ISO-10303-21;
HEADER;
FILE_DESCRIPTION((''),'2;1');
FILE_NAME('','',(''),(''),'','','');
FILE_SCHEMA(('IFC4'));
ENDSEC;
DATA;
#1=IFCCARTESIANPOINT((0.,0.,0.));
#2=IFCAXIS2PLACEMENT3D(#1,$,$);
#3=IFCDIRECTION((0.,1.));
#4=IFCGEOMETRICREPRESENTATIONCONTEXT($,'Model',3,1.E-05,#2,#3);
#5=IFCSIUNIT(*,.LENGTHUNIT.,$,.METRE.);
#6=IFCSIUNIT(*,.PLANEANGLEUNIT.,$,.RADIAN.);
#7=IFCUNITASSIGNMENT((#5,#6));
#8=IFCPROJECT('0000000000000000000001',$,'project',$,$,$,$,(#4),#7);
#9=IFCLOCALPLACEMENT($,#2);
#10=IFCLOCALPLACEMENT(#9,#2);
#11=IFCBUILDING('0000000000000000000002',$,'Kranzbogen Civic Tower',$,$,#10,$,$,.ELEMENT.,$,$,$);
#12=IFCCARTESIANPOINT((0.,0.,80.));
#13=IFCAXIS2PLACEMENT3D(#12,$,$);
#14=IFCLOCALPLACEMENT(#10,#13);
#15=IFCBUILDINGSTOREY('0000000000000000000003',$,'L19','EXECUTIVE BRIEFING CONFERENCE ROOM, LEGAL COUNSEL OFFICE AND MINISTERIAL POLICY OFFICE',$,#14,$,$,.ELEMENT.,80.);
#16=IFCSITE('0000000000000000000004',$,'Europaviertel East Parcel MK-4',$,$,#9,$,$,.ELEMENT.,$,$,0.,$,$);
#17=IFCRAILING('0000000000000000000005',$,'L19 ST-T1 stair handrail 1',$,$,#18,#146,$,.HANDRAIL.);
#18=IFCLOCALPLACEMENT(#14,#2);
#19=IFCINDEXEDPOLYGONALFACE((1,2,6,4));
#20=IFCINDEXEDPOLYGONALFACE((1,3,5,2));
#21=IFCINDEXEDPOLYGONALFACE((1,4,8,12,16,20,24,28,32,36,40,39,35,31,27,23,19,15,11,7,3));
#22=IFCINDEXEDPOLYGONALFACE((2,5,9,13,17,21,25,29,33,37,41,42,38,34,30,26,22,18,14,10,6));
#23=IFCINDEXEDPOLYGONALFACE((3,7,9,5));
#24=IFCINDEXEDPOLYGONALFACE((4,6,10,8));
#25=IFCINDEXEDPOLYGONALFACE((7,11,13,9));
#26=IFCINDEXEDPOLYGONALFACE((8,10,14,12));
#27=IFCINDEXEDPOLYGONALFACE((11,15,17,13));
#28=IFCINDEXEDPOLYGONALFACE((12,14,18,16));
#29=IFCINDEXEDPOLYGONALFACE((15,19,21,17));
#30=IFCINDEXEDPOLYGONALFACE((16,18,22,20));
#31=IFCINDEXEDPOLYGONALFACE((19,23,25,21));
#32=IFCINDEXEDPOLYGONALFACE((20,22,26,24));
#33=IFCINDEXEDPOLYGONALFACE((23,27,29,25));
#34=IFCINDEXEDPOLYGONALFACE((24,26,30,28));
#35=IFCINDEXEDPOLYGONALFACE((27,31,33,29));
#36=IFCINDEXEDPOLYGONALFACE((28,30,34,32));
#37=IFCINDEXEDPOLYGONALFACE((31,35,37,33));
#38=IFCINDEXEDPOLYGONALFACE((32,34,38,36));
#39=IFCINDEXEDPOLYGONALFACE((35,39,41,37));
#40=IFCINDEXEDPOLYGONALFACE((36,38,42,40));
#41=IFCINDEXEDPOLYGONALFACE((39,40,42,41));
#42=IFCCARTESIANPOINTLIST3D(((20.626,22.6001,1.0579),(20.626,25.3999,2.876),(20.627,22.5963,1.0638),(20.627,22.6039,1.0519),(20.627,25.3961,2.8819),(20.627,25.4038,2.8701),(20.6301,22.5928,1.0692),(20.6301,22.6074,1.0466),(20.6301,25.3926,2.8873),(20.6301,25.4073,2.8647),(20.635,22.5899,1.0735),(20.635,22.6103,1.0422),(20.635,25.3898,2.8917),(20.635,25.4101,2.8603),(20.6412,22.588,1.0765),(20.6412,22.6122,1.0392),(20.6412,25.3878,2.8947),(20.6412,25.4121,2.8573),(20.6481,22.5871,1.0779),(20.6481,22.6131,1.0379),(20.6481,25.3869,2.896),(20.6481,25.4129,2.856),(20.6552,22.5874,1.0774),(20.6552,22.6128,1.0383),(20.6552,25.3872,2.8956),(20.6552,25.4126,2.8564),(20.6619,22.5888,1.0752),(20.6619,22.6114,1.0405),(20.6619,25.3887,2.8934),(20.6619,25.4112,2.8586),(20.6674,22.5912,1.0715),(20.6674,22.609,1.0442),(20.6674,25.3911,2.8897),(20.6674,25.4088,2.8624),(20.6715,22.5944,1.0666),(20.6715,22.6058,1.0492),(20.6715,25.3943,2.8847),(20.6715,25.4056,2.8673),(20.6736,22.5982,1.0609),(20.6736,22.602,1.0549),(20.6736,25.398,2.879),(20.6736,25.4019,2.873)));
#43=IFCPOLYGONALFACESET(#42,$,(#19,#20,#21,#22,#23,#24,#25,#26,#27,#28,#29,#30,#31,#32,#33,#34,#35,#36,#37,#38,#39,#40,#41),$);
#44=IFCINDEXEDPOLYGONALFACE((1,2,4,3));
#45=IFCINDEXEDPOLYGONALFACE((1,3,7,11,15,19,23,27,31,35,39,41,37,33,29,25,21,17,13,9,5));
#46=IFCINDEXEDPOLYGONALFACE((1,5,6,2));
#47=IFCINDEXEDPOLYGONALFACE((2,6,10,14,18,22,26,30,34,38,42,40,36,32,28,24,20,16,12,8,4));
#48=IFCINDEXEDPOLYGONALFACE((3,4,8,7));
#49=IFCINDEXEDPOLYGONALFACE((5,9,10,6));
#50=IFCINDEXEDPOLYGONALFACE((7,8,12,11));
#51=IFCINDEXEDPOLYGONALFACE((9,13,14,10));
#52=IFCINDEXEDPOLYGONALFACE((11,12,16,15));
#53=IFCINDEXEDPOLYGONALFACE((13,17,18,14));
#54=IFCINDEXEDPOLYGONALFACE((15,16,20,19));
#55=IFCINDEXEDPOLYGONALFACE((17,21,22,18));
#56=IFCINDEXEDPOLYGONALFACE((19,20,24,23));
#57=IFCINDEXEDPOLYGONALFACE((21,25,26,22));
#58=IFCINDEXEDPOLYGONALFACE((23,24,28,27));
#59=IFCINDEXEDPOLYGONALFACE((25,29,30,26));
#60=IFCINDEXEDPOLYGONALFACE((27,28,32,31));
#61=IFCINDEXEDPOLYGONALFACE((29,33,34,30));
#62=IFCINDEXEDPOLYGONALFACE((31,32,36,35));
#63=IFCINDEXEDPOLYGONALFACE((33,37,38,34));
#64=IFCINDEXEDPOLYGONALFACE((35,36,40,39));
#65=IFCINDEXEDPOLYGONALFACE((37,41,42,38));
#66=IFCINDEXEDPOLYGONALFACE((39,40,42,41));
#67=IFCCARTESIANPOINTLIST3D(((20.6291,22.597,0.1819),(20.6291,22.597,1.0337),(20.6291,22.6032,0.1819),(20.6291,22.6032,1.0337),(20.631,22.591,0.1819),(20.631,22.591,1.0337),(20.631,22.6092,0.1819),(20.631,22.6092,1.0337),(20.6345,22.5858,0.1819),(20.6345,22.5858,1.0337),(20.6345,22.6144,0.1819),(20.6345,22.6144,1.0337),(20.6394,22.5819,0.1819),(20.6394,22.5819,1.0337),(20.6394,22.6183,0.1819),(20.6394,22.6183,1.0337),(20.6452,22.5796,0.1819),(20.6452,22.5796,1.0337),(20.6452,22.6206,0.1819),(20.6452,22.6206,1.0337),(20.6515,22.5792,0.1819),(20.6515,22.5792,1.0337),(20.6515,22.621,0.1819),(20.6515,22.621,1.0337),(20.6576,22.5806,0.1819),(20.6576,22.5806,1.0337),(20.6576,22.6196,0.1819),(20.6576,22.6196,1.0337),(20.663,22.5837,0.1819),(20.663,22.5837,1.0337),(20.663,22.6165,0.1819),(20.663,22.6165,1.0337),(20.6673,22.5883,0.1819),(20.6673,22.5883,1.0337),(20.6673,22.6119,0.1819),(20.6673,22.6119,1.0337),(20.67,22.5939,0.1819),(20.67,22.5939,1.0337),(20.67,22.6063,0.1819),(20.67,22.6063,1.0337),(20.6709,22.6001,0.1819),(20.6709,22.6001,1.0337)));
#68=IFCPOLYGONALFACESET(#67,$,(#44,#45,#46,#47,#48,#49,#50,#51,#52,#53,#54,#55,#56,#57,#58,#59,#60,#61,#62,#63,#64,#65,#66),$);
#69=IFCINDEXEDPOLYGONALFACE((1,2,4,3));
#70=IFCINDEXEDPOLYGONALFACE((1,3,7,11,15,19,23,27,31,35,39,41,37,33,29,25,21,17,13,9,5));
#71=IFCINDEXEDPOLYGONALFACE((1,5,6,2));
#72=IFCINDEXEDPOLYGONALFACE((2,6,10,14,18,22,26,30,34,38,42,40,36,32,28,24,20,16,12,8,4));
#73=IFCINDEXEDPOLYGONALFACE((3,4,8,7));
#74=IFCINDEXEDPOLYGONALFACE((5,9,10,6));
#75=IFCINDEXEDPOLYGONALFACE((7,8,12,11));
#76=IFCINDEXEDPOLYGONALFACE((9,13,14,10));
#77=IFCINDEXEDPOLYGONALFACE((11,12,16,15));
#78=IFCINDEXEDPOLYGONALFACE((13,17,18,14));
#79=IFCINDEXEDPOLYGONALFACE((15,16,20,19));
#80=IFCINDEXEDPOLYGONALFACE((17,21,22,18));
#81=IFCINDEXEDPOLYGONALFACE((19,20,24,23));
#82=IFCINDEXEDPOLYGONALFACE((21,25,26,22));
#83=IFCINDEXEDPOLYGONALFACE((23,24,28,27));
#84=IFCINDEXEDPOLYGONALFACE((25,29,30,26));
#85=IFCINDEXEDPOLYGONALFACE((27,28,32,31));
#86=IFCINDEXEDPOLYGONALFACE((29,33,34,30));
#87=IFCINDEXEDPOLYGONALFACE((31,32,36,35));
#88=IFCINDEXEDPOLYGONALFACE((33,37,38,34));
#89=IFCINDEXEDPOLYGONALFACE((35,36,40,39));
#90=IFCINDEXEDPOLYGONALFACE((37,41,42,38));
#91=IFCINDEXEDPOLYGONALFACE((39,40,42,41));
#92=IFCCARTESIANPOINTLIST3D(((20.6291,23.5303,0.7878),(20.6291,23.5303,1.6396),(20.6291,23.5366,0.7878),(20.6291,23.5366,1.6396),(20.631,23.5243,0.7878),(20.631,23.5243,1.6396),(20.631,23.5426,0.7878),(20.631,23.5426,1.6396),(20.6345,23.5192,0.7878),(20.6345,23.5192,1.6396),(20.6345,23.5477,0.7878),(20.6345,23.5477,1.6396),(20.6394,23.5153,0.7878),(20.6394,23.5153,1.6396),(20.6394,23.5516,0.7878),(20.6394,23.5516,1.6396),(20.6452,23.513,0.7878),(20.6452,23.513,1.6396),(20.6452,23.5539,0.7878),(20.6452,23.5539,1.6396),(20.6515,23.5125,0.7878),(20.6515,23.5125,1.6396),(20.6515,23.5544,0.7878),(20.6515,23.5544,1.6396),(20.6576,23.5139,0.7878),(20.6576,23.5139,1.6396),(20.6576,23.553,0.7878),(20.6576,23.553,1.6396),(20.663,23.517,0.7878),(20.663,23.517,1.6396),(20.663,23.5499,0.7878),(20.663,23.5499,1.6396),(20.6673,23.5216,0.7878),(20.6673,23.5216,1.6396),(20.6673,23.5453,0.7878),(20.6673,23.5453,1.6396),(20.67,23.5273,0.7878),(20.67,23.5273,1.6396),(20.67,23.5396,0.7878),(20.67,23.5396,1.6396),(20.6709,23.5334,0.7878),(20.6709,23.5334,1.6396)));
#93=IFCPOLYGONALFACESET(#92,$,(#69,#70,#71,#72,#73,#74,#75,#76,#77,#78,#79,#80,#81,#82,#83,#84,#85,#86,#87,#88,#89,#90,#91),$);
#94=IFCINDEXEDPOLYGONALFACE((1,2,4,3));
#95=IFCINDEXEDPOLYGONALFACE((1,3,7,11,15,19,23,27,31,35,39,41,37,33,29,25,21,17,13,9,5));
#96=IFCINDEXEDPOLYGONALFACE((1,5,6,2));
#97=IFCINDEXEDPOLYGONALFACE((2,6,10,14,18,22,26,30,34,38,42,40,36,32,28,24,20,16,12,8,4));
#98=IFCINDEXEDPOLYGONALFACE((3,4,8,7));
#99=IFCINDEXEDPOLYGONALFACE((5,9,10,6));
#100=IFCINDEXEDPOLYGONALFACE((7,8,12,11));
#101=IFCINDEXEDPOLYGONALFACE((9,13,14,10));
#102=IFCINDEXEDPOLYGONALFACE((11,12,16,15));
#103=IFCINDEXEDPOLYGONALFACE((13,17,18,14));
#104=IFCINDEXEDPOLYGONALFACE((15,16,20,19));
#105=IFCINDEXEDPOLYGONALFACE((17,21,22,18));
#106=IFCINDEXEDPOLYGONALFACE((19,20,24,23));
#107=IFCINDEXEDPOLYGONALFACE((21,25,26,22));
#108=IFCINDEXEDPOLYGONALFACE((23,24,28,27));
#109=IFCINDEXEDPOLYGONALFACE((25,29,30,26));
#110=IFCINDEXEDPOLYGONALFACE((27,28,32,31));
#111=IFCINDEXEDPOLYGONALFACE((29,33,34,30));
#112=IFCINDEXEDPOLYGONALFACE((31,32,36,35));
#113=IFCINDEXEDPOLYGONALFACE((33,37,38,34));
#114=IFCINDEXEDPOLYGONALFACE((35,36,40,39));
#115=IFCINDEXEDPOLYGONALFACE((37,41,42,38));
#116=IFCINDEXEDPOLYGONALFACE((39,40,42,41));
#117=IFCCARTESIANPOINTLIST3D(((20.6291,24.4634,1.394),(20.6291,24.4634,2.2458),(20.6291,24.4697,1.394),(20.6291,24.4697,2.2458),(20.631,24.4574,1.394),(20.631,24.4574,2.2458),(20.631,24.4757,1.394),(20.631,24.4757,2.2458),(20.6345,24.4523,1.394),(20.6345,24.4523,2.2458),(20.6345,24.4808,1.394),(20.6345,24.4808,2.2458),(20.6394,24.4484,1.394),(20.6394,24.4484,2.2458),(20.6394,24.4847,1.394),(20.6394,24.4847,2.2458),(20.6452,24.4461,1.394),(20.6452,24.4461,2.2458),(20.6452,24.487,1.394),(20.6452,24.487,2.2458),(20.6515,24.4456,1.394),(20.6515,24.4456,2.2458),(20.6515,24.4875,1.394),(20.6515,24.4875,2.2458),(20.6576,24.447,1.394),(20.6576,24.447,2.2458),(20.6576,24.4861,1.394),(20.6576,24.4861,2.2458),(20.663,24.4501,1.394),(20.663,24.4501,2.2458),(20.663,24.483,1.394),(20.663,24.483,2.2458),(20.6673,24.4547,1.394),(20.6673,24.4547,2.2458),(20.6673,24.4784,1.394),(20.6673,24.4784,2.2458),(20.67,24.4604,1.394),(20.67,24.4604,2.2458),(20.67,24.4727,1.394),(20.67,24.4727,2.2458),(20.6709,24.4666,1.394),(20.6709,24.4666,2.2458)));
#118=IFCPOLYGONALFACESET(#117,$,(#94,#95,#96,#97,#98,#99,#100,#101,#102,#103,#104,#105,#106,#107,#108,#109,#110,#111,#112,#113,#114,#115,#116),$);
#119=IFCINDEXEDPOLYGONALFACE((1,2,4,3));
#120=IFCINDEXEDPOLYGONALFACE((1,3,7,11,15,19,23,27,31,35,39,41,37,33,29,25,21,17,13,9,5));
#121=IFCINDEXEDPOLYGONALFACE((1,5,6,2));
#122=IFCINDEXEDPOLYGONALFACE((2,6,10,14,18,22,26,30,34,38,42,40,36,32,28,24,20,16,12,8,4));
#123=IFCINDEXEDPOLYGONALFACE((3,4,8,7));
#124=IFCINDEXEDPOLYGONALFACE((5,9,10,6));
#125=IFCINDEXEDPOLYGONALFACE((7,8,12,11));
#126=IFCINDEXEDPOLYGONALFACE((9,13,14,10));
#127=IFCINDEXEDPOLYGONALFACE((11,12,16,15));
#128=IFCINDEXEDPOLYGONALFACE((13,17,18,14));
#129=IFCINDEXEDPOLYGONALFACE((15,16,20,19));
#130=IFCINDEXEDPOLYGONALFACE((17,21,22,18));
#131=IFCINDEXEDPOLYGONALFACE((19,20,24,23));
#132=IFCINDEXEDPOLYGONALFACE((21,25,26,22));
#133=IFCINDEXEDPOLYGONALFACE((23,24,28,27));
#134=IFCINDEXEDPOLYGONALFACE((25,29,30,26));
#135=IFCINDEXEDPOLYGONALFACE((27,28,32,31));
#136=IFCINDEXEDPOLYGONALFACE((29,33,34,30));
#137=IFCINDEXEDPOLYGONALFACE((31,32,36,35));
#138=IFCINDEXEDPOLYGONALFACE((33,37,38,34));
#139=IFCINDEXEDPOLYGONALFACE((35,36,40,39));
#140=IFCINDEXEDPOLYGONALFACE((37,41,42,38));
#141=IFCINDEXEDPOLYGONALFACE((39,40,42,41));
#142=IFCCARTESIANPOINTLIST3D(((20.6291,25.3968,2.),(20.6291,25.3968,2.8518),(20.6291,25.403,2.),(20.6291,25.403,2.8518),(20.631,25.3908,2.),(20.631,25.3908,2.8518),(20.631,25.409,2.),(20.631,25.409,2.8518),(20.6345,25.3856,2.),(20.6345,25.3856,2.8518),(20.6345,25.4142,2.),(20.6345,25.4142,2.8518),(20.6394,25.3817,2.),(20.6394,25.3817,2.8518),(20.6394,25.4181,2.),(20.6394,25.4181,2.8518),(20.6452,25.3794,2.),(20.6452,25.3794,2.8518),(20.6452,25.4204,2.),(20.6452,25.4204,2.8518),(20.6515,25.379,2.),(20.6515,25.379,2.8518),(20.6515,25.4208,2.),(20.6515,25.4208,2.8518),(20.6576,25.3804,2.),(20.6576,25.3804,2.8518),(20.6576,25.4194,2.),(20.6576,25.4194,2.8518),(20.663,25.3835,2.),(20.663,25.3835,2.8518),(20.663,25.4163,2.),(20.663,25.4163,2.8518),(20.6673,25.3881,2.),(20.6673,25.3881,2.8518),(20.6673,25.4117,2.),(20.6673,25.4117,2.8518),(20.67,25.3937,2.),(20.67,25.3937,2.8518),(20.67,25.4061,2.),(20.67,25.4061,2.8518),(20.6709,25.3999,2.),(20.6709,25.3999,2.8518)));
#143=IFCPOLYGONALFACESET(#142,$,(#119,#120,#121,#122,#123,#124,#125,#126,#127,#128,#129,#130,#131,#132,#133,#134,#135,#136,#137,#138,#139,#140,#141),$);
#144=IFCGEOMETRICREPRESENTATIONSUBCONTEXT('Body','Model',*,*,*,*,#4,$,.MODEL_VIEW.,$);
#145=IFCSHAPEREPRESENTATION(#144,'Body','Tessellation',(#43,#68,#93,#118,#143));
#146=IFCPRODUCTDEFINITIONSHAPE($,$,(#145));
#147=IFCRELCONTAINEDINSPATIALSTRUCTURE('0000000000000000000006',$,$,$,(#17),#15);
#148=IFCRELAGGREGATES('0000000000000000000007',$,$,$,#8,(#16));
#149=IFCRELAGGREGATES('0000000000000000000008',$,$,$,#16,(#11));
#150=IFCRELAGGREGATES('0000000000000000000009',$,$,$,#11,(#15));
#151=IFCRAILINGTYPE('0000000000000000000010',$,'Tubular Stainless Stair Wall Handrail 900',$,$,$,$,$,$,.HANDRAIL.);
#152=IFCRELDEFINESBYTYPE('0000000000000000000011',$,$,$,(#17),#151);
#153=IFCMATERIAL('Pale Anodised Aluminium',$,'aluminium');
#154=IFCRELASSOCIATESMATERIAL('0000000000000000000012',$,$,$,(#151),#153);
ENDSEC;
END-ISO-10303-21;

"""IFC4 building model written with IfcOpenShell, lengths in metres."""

from ifc_helpers import new_model, si_unit, direction, frame, origin, origin_2d, place, context, subcontext, project, spatial, circle, extrude, material, type_object, element, save


model = new_model("IFC4")

# Units and contexts
model_context = context("Model", 3, precision=1e-05, world=origin(), true_north=direction((0.0, 1.0)))
body_context = subcontext(model_context, "Body", "Model", "MODEL_VIEW")
ifc_project = project(units=[si_unit("LENGTHUNIT", "METRE"), si_unit("PLANEANGLEUNIT", "RADIAN")], contexts=[model_context])

# Site, building, storey
site_placement = place(None, origin())
site = spatial("IfcSite", under=ifc_project, at=site_placement, Name="Europaviertel East Parcel MK-4", CompositionType="ELEMENT", RefElevation=0.0)
building_placement = place(site_placement, origin())
building = spatial("IfcBuilding", under=site, at=building_placement, Name="Kranzbogen Civic Tower", CompositionType="ELEMENT")
storey_placement = place(building_placement, frame((0.0, 0.0, 80.0)))
storey = spatial("IfcBuildingStorey", under=building, at=storey_placement, Name="L19", Description="EXECUTIVE BRIEFING CONFERENCE ROOM, LEGAL COUNSEL OFFICE AND MINISTERIAL POLICY OFFICE", CompositionType="ELEMENT", Elevation=80.0)

# Shared definitions
ifc_material_1 = material(Name="Pale Anodised Aluminium", Category="aluminium")

# Railing
railing_type_1 = type_object("IfcRailingType", Name="Tubular Stainless Stair Wall Handrail 900", PredefinedType="HANDRAIL", material=ifc_material_1)
railing_1_placement = place(storey_placement, frame((20.6499, 22.6001, 0.1819)))
element("IfcRailing", 1, at=railing_1_placement, inside=storey, type_object=railing_type_1, Name="L19 ST-T1 stair handrail 1", PredefinedType="HANDRAIL", context=body_context, shape_type="SweptSolid", body=[
    extrude(circle(Radius=0.0239, at=origin_2d()), frame((0.0, 0.0, 0.876), z_axis=(0.0, 0.838684, 0.544618), x_axis=(-1.0, 0.0, 0.0)), (0.0, 0.0, 1.0), 3.3384),
    extrude(circle(Radius=0.021, at=origin_2d()), origin(), (0.0, 0.0, 1.0), 0.8518),
    extrude(circle(Radius=0.021, at=origin_2d()), frame((0.0, 0.9333, 0.606)), (0.0, 0.0, 1.0), 0.8518),
    extrude(circle(Radius=0.021, at=origin_2d()), frame((0.0, 1.8665, 1.2122)), (0.0, 0.0, 1.0), 0.8518),
    extrude(circle(Radius=0.021, at=origin_2d()), frame((0.0, 2.7998, 1.8181)), (0.0, 0.0, 1.0), 0.8518),
])

save(model, "model.ifc")
